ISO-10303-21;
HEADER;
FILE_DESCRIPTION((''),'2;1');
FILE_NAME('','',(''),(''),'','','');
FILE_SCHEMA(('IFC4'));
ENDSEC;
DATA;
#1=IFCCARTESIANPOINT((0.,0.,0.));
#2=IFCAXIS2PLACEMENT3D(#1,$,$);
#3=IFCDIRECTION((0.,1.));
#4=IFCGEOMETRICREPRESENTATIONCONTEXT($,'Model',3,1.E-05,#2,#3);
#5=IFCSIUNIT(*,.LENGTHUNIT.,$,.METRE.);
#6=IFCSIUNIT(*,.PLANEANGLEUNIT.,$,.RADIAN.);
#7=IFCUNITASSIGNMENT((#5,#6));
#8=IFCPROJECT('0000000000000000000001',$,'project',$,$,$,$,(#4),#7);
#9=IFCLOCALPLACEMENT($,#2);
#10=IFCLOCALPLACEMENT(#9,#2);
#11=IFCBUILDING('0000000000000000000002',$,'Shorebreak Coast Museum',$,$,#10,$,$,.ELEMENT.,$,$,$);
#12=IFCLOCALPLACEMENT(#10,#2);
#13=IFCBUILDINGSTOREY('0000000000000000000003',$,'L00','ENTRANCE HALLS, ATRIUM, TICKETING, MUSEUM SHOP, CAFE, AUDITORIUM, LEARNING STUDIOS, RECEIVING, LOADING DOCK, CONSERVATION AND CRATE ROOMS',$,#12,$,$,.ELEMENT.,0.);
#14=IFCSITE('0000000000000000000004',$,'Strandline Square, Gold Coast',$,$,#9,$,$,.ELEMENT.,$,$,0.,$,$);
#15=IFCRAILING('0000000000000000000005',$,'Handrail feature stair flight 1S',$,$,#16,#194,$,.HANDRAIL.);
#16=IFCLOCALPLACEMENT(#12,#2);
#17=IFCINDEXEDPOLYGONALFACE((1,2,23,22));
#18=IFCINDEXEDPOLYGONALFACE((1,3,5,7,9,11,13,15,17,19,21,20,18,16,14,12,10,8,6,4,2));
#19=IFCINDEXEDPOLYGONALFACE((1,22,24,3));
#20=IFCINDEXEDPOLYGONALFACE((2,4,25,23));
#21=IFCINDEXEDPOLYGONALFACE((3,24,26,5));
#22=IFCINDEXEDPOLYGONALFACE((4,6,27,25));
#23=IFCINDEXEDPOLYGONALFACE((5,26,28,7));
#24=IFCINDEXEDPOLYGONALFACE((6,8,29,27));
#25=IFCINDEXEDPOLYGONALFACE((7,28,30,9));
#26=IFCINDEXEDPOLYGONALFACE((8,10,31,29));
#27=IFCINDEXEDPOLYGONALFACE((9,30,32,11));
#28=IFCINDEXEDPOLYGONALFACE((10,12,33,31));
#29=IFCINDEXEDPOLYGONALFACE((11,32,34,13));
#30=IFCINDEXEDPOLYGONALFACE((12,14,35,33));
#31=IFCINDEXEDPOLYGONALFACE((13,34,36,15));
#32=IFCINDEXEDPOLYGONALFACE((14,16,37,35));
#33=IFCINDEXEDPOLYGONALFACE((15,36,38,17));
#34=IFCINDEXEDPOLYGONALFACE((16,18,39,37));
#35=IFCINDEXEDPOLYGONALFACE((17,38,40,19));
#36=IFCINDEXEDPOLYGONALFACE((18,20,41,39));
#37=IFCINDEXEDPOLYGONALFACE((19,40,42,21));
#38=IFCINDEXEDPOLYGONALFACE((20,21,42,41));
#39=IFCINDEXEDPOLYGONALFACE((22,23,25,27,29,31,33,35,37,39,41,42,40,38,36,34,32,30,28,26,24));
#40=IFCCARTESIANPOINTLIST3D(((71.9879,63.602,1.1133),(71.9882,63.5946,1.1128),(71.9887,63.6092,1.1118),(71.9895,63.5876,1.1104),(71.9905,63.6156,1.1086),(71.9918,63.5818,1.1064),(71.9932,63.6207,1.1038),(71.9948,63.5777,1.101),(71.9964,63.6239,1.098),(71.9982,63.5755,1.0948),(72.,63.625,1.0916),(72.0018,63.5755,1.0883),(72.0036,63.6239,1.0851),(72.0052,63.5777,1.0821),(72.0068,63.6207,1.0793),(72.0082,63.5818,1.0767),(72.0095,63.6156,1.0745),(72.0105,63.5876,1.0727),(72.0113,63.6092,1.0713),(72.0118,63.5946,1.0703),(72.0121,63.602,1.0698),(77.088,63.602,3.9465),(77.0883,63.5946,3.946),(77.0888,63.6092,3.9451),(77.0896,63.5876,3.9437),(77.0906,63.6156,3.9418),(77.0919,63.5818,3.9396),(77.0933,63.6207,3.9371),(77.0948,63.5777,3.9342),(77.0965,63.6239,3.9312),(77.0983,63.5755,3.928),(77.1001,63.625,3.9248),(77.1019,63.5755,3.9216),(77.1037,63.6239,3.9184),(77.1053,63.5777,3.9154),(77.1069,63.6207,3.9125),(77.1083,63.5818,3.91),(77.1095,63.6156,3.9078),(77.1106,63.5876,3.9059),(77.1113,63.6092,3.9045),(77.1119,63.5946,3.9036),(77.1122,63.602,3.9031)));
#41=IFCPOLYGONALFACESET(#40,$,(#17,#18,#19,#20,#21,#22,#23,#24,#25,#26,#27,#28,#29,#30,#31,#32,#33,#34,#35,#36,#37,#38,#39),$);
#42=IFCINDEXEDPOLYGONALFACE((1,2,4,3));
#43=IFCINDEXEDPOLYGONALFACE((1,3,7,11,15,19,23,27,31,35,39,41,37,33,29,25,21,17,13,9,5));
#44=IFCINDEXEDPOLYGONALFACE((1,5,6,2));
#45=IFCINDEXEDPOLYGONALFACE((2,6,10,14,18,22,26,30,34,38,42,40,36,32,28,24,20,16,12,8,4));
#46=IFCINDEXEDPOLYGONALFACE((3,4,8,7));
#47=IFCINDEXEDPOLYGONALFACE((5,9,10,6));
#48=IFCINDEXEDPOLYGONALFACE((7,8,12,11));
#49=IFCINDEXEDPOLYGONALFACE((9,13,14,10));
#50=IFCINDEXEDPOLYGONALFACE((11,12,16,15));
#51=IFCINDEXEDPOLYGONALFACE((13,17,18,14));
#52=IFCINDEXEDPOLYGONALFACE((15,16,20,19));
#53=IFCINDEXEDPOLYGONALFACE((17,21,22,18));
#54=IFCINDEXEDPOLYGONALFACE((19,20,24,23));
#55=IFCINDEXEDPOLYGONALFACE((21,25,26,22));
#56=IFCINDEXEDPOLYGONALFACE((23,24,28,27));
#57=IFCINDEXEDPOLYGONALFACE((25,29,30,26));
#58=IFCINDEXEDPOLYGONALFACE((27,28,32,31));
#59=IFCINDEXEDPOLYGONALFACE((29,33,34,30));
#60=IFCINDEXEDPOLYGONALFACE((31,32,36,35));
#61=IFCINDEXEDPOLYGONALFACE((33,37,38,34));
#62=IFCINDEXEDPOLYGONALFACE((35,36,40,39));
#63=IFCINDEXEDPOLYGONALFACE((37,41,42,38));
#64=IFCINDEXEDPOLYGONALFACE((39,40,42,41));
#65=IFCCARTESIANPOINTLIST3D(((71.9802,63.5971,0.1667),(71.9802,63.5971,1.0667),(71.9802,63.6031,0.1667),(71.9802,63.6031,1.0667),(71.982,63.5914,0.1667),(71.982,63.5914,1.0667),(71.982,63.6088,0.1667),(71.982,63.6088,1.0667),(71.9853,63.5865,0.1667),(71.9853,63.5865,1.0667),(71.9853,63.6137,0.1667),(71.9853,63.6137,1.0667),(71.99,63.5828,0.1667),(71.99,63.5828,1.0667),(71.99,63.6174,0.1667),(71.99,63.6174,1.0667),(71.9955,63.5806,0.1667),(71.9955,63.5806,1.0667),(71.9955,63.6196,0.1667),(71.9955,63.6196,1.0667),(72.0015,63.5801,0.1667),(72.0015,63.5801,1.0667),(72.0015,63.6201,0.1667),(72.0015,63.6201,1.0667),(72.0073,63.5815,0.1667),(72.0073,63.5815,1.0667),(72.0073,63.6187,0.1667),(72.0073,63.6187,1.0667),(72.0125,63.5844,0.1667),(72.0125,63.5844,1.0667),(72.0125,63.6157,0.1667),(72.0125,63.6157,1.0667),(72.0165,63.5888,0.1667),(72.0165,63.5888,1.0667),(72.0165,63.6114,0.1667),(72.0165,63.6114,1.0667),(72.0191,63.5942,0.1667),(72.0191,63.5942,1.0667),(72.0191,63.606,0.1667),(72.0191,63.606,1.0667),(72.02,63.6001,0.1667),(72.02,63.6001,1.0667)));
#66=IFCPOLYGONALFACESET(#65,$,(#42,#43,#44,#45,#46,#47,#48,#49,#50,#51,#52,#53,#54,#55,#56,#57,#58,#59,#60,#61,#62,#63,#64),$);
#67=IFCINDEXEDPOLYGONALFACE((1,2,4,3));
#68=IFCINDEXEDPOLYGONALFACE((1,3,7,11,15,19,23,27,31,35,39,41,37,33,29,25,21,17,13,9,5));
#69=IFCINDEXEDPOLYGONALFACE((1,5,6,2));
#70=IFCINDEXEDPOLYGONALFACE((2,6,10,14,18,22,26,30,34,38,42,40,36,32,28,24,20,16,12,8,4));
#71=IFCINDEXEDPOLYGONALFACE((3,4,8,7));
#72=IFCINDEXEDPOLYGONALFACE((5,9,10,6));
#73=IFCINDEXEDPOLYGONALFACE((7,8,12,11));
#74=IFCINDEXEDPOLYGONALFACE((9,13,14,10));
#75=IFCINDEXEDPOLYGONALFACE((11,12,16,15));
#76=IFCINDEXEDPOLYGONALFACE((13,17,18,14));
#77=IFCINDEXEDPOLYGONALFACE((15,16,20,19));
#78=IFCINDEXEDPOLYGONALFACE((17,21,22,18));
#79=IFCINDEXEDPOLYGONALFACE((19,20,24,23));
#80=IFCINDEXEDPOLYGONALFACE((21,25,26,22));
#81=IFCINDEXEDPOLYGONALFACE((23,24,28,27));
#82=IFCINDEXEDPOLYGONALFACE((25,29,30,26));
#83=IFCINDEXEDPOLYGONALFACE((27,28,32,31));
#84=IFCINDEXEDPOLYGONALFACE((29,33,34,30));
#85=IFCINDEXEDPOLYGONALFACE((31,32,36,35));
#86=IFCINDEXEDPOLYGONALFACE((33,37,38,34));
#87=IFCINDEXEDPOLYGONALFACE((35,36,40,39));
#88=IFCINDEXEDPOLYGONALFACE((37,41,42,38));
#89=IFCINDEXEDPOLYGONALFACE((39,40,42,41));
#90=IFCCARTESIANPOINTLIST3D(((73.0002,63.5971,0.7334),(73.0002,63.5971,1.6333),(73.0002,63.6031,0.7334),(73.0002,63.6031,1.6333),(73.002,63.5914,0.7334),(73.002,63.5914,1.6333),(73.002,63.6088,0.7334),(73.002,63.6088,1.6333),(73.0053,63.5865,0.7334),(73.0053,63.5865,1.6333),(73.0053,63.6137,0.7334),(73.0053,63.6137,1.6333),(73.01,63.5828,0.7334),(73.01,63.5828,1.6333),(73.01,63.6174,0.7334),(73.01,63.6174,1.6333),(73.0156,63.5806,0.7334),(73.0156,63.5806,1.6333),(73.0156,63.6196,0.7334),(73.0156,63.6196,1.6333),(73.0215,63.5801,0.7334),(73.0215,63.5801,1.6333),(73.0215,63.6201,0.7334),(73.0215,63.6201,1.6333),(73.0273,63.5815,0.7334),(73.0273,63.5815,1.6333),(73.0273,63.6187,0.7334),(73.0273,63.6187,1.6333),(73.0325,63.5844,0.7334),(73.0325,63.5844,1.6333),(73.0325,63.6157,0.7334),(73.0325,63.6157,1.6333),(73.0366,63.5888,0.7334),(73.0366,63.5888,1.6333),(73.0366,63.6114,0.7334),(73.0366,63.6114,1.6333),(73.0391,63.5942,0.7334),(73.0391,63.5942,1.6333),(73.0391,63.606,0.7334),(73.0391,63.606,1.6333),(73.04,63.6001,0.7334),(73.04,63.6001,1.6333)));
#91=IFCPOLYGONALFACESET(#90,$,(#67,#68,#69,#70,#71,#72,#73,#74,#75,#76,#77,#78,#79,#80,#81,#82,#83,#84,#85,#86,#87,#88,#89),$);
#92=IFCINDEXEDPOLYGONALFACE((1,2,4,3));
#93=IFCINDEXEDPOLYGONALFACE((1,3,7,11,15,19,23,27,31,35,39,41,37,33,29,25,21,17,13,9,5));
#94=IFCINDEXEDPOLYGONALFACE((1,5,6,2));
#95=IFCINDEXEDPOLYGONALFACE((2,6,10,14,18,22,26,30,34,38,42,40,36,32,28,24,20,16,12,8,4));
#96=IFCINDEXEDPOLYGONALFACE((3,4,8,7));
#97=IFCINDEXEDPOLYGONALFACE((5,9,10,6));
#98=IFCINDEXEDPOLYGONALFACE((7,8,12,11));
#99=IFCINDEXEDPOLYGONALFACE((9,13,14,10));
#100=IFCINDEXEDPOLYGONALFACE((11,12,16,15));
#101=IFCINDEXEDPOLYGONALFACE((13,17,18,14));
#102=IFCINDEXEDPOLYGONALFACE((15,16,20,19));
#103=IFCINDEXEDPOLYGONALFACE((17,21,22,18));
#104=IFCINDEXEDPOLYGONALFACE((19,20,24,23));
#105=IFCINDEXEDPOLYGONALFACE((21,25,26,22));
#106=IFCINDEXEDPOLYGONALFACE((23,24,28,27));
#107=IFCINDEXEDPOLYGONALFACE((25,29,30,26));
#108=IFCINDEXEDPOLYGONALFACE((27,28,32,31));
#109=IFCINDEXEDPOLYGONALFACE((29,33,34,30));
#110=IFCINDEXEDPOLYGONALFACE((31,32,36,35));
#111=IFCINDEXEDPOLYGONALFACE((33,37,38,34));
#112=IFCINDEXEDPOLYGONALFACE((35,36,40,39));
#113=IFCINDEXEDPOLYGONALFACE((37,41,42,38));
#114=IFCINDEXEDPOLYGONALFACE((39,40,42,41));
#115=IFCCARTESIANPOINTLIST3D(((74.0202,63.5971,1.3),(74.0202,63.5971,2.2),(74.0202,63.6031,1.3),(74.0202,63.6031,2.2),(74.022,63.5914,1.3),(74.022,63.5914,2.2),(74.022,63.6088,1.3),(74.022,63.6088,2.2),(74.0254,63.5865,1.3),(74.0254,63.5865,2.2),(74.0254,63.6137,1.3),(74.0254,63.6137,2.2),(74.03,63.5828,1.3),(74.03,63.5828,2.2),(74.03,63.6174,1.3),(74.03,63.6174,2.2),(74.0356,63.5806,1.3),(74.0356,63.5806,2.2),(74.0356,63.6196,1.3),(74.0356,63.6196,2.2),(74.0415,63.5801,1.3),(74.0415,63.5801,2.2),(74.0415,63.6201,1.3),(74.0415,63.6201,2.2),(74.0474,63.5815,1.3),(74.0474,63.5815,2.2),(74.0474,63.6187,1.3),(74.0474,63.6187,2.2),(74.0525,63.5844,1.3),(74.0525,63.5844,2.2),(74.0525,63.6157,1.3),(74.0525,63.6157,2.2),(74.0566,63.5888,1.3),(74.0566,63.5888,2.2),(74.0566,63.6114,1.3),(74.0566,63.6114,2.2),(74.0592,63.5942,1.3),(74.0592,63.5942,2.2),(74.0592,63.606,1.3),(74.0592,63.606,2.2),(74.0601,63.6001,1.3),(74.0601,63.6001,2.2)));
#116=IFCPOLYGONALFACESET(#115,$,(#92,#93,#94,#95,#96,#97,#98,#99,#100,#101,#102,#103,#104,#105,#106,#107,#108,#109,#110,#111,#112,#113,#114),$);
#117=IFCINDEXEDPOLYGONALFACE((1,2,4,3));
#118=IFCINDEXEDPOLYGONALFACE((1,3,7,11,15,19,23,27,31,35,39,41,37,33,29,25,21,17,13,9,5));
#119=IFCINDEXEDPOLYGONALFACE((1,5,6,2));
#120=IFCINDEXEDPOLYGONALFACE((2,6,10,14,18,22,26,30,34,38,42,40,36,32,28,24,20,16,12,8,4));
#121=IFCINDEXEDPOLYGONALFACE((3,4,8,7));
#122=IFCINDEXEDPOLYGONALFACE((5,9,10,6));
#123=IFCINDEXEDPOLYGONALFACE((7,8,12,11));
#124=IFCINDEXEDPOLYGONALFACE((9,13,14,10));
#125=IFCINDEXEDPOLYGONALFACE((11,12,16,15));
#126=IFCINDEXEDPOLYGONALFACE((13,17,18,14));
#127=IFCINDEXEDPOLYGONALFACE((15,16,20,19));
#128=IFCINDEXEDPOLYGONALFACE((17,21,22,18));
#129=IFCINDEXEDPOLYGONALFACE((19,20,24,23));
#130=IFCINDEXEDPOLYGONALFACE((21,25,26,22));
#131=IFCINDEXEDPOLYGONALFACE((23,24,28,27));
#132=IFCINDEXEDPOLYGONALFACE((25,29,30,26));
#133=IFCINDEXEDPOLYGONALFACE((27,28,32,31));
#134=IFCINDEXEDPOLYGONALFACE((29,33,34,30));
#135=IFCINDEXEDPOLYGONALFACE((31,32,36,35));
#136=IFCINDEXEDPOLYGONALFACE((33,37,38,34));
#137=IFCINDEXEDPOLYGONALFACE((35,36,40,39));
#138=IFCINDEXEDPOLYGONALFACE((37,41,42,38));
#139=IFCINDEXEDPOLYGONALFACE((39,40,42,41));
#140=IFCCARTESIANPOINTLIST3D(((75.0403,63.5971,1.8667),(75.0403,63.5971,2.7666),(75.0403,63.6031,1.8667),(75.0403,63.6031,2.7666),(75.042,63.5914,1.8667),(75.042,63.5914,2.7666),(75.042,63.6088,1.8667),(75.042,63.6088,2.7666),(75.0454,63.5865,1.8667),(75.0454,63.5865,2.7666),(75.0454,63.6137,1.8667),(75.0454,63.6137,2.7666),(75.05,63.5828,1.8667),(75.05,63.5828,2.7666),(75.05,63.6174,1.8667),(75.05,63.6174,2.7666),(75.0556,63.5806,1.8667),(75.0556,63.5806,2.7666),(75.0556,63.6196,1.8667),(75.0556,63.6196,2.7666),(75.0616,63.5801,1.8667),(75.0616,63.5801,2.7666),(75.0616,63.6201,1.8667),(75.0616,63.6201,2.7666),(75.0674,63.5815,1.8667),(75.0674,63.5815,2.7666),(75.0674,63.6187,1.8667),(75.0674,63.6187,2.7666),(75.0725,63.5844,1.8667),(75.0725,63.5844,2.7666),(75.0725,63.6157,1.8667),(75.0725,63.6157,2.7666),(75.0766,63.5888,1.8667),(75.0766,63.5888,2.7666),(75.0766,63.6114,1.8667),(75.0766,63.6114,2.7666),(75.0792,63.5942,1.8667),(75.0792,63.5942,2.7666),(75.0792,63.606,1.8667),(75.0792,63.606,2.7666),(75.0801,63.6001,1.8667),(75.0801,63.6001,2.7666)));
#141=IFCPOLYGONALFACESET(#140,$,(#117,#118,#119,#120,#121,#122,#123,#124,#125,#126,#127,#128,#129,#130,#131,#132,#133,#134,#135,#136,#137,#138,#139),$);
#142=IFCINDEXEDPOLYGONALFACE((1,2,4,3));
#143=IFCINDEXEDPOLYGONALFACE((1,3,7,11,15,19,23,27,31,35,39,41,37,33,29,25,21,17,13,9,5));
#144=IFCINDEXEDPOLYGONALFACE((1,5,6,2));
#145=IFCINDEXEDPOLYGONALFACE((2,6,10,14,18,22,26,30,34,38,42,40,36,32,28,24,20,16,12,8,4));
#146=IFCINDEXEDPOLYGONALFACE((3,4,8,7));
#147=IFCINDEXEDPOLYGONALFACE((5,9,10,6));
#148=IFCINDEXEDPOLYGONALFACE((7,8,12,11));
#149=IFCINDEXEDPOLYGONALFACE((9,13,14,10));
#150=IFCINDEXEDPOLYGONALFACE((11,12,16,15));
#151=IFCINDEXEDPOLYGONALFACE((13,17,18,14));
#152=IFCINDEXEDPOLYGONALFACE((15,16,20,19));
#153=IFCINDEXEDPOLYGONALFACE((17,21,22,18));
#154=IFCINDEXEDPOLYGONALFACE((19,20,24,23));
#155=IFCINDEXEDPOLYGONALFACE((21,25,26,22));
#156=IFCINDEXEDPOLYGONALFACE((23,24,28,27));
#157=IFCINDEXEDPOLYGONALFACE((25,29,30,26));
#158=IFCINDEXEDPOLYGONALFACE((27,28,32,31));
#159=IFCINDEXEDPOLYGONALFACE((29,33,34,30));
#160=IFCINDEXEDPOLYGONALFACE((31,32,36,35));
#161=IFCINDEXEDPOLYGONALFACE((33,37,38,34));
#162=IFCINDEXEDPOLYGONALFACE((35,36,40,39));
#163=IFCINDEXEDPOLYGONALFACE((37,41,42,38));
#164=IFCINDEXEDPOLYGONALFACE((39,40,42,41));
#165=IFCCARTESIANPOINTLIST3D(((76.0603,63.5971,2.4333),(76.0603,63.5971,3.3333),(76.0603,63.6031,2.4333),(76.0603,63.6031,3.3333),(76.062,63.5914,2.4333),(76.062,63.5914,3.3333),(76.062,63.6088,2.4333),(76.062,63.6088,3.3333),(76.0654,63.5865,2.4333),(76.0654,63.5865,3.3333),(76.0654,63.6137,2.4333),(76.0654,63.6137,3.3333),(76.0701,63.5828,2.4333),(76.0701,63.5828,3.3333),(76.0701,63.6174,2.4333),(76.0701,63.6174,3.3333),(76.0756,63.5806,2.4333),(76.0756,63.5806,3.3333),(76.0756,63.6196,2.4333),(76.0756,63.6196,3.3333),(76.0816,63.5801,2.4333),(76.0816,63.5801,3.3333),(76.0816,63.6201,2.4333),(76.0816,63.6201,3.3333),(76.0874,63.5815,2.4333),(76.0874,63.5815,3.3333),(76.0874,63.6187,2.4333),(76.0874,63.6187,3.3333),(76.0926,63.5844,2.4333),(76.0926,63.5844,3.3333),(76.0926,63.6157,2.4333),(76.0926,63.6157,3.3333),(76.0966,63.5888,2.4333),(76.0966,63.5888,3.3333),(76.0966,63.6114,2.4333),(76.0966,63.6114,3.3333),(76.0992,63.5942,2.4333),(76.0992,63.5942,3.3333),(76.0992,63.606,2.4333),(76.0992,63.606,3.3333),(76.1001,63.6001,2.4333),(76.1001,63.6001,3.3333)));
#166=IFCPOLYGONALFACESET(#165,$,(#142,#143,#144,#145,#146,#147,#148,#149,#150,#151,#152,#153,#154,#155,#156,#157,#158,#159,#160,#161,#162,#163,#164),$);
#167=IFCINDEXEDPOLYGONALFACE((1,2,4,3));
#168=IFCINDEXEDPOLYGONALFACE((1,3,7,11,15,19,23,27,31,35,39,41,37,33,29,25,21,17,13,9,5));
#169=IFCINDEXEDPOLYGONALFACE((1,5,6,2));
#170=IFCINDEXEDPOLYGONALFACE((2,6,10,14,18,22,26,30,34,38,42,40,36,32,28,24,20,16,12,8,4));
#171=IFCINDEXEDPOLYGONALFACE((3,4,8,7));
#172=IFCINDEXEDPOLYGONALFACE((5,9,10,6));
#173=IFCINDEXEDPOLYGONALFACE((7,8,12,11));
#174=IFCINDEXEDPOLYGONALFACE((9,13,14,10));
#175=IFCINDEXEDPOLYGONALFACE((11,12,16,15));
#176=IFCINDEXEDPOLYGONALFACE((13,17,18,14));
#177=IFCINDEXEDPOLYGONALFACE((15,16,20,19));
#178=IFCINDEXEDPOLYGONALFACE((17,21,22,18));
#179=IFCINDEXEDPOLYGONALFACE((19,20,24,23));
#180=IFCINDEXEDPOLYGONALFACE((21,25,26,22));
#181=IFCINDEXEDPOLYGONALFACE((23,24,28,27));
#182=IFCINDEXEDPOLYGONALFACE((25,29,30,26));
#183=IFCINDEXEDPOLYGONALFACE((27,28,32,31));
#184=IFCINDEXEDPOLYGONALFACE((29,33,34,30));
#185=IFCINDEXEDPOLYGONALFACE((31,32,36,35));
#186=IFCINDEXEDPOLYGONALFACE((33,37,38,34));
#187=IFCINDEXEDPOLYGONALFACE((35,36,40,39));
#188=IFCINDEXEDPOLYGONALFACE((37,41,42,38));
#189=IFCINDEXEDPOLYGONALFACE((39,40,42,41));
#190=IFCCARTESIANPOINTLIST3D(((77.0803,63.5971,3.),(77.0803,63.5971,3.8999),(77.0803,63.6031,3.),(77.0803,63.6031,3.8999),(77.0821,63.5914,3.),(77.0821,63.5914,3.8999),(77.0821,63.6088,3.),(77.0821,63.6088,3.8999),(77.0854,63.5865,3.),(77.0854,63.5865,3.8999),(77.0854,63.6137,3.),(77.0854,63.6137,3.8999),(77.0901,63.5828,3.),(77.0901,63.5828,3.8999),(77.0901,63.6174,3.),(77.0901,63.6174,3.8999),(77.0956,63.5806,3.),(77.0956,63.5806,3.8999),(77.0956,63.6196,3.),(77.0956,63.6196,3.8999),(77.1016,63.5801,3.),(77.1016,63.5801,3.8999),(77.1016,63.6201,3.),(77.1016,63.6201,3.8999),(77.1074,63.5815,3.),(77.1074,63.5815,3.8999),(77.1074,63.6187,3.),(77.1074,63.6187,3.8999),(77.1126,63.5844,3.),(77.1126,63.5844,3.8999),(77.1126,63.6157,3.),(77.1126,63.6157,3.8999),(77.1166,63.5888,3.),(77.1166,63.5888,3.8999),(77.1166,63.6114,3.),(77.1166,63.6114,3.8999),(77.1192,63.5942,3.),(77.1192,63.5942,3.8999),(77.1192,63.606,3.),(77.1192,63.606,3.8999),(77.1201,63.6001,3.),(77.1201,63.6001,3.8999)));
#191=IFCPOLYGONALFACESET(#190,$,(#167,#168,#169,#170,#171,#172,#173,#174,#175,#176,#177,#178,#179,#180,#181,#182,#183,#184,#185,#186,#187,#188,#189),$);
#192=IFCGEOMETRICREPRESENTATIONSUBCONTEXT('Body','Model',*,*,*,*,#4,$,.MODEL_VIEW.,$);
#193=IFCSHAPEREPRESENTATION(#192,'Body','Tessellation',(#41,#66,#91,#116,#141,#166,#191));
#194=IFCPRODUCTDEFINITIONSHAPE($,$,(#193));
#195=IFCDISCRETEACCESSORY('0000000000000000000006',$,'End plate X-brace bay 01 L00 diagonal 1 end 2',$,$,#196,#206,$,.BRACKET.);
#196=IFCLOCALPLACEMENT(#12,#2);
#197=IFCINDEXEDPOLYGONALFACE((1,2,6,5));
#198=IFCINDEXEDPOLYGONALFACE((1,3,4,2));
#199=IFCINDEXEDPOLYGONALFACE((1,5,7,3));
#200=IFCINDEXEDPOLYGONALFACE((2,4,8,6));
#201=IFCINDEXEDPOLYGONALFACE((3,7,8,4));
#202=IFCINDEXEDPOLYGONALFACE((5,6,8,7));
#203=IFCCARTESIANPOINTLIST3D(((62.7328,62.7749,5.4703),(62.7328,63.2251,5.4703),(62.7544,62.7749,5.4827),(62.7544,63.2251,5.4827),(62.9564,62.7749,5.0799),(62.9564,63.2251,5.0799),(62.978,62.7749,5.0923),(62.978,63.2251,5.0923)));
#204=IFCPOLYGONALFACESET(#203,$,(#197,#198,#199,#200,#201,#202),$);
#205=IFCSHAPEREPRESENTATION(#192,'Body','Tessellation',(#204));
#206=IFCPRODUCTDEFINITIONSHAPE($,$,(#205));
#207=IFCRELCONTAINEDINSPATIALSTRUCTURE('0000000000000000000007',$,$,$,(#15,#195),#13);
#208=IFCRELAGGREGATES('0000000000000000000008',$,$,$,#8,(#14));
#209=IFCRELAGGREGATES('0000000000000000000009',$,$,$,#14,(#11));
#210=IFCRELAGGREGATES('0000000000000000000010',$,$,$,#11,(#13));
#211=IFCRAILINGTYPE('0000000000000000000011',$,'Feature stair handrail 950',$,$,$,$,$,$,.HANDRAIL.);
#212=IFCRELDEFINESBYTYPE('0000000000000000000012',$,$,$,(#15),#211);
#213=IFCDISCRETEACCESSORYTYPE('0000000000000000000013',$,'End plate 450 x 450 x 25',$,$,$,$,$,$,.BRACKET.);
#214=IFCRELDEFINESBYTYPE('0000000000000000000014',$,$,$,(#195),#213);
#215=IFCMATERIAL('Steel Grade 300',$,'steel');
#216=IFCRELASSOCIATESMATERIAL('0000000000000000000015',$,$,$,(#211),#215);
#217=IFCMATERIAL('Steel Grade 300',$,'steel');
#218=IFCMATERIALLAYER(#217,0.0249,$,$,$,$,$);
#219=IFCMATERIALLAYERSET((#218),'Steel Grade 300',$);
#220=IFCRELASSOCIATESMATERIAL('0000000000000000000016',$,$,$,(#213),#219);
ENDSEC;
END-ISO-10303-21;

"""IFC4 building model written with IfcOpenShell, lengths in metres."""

from ifc_helpers import new_model, si_unit, direction, frame, origin, origin_2d, place, context, subcontext, project, spatial, polyline, circle, outline, extrude, material, layer, layer_set, type_object, element, save


model = new_model("IFC4")

# Units and contexts
model_context = context("Model", 3, precision=1e-05, world=origin(), true_north=direction((0.0, 1.0)))
body_context = subcontext(model_context, "Body", "Model", "MODEL_VIEW")
ifc_project = project(units=[si_unit("LENGTHUNIT", "METRE"), si_unit("PLANEANGLEUNIT", "RADIAN")], contexts=[model_context])

# Site, building, storey
site_placement = place(None, origin())
site = spatial("IfcSite", under=ifc_project, at=site_placement, Name="Strandline Square, Gold Coast", CompositionType="ELEMENT", RefElevation=0.0)
building_placement = place(site_placement, origin())
building = spatial("IfcBuilding", under=site, at=building_placement, Name="Shorebreak Coast Museum", CompositionType="ELEMENT")
storey_placement = place(building_placement, origin())
storey = spatial("IfcBuildingStorey", under=building, at=storey_placement, Name="L00", Description="ENTRANCE HALLS, ATRIUM, TICKETING, MUSEUM SHOP, CAFE, AUDITORIUM, LEARNING STUDIOS, RECEIVING, LOADING DOCK, CONSERVATION AND CRATE ROOMS", CompositionType="ELEMENT", Elevation=0.0)

# Railing
ifc_material_1 = material(Name="Steel Grade 300", Category="steel")
railing_type_1 = type_object("IfcRailingType", Name="Feature stair handrail 950", PredefinedType="HANDRAIL", material=ifc_material_1)
railing_1_placement = place(storey_placement, frame((72.0, 63.6001, 0.1667)))
element("IfcRailing", 1, at=railing_1_placement, inside=storey, type_object=railing_type_1, Name="Handrail feature stair flight 1S", PredefinedType="HANDRAIL", context=body_context, shape_type="SweptSolid", body=[
    extrude(circle(Radius=0.0249, at=origin_2d()), frame((0.0, 0.0, 0.9248), z_axis=(0.874167, 0.0, 0.485625), x_axis=(0.0, 1.0, 0.0)), (0.0, 0.0, 1.0), 5.8342),
    extrude(circle(Radius=0.02, at=origin_2d()), origin(), (0.0, 0.0, 1.0), 0.8999),
    extrude(circle(Radius=0.02, at=origin_2d()), frame((1.02, 0.0, 0.5667)), (0.0, 0.0, 1.0), 0.8999),
    extrude(circle(Radius=0.02, at=origin_2d()), frame((2.04, 0.0, 1.1333)), (0.0, 0.0, 1.0), 0.8999),
    extrude(circle(Radius=0.02, at=origin_2d()), frame((3.0601, 0.0, 1.7)), (0.0, 0.0, 1.0), 0.8999),
    extrude(circle(Radius=0.02, at=origin_2d()), frame((4.0801, 0.0, 2.2666)), (0.0, 0.0, 1.0), 0.8999),
    extrude(circle(Radius=0.02, at=origin_2d()), frame((5.1001, 0.0, 2.8333)), (0.0, 0.0, 1.0), 0.8999),
])

# Discrete accessory
ifc_material_2 = material(Name="Steel Grade 300", Category="steel")
ifc_layer_1 = layer(ifc_material_2, 0.0249)
ifc_layer_set_1 = layer_set([ifc_layer_1], Name="Steel Grade 300")
discrete_accessory_type = type_object("IfcDiscreteAccessoryType", Name="End plate 450 x 450 x 25", PredefinedType="BRACKET", material=ifc_layer_set_1)
discrete_accessory_placement = place(storey_placement, frame((62.978, 62.7749, 5.0923), z_axis=(0.867708, 0.0, 0.497074), x_axis=(0.0, 1.0, 0.0)))
element("IfcDiscreteAccessory", 2, at=discrete_accessory_placement, inside=storey, type_object=discrete_accessory_type, Name="End plate X-brace bay 01 L00 diagonal 1 end 2", PredefinedType="BRACKET", context=body_context, shape_type="SweptSolid", body=[
    extrude(outline(polyline([(0.0, 0.0), (0.4502, 0.0), (0.4502, 0.4499), (0.0, 0.4499), (0.0, 0.0)])), origin(), (0.0, 0.0, -1.0), 0.0249),
])

save(model, "model.ifc")
